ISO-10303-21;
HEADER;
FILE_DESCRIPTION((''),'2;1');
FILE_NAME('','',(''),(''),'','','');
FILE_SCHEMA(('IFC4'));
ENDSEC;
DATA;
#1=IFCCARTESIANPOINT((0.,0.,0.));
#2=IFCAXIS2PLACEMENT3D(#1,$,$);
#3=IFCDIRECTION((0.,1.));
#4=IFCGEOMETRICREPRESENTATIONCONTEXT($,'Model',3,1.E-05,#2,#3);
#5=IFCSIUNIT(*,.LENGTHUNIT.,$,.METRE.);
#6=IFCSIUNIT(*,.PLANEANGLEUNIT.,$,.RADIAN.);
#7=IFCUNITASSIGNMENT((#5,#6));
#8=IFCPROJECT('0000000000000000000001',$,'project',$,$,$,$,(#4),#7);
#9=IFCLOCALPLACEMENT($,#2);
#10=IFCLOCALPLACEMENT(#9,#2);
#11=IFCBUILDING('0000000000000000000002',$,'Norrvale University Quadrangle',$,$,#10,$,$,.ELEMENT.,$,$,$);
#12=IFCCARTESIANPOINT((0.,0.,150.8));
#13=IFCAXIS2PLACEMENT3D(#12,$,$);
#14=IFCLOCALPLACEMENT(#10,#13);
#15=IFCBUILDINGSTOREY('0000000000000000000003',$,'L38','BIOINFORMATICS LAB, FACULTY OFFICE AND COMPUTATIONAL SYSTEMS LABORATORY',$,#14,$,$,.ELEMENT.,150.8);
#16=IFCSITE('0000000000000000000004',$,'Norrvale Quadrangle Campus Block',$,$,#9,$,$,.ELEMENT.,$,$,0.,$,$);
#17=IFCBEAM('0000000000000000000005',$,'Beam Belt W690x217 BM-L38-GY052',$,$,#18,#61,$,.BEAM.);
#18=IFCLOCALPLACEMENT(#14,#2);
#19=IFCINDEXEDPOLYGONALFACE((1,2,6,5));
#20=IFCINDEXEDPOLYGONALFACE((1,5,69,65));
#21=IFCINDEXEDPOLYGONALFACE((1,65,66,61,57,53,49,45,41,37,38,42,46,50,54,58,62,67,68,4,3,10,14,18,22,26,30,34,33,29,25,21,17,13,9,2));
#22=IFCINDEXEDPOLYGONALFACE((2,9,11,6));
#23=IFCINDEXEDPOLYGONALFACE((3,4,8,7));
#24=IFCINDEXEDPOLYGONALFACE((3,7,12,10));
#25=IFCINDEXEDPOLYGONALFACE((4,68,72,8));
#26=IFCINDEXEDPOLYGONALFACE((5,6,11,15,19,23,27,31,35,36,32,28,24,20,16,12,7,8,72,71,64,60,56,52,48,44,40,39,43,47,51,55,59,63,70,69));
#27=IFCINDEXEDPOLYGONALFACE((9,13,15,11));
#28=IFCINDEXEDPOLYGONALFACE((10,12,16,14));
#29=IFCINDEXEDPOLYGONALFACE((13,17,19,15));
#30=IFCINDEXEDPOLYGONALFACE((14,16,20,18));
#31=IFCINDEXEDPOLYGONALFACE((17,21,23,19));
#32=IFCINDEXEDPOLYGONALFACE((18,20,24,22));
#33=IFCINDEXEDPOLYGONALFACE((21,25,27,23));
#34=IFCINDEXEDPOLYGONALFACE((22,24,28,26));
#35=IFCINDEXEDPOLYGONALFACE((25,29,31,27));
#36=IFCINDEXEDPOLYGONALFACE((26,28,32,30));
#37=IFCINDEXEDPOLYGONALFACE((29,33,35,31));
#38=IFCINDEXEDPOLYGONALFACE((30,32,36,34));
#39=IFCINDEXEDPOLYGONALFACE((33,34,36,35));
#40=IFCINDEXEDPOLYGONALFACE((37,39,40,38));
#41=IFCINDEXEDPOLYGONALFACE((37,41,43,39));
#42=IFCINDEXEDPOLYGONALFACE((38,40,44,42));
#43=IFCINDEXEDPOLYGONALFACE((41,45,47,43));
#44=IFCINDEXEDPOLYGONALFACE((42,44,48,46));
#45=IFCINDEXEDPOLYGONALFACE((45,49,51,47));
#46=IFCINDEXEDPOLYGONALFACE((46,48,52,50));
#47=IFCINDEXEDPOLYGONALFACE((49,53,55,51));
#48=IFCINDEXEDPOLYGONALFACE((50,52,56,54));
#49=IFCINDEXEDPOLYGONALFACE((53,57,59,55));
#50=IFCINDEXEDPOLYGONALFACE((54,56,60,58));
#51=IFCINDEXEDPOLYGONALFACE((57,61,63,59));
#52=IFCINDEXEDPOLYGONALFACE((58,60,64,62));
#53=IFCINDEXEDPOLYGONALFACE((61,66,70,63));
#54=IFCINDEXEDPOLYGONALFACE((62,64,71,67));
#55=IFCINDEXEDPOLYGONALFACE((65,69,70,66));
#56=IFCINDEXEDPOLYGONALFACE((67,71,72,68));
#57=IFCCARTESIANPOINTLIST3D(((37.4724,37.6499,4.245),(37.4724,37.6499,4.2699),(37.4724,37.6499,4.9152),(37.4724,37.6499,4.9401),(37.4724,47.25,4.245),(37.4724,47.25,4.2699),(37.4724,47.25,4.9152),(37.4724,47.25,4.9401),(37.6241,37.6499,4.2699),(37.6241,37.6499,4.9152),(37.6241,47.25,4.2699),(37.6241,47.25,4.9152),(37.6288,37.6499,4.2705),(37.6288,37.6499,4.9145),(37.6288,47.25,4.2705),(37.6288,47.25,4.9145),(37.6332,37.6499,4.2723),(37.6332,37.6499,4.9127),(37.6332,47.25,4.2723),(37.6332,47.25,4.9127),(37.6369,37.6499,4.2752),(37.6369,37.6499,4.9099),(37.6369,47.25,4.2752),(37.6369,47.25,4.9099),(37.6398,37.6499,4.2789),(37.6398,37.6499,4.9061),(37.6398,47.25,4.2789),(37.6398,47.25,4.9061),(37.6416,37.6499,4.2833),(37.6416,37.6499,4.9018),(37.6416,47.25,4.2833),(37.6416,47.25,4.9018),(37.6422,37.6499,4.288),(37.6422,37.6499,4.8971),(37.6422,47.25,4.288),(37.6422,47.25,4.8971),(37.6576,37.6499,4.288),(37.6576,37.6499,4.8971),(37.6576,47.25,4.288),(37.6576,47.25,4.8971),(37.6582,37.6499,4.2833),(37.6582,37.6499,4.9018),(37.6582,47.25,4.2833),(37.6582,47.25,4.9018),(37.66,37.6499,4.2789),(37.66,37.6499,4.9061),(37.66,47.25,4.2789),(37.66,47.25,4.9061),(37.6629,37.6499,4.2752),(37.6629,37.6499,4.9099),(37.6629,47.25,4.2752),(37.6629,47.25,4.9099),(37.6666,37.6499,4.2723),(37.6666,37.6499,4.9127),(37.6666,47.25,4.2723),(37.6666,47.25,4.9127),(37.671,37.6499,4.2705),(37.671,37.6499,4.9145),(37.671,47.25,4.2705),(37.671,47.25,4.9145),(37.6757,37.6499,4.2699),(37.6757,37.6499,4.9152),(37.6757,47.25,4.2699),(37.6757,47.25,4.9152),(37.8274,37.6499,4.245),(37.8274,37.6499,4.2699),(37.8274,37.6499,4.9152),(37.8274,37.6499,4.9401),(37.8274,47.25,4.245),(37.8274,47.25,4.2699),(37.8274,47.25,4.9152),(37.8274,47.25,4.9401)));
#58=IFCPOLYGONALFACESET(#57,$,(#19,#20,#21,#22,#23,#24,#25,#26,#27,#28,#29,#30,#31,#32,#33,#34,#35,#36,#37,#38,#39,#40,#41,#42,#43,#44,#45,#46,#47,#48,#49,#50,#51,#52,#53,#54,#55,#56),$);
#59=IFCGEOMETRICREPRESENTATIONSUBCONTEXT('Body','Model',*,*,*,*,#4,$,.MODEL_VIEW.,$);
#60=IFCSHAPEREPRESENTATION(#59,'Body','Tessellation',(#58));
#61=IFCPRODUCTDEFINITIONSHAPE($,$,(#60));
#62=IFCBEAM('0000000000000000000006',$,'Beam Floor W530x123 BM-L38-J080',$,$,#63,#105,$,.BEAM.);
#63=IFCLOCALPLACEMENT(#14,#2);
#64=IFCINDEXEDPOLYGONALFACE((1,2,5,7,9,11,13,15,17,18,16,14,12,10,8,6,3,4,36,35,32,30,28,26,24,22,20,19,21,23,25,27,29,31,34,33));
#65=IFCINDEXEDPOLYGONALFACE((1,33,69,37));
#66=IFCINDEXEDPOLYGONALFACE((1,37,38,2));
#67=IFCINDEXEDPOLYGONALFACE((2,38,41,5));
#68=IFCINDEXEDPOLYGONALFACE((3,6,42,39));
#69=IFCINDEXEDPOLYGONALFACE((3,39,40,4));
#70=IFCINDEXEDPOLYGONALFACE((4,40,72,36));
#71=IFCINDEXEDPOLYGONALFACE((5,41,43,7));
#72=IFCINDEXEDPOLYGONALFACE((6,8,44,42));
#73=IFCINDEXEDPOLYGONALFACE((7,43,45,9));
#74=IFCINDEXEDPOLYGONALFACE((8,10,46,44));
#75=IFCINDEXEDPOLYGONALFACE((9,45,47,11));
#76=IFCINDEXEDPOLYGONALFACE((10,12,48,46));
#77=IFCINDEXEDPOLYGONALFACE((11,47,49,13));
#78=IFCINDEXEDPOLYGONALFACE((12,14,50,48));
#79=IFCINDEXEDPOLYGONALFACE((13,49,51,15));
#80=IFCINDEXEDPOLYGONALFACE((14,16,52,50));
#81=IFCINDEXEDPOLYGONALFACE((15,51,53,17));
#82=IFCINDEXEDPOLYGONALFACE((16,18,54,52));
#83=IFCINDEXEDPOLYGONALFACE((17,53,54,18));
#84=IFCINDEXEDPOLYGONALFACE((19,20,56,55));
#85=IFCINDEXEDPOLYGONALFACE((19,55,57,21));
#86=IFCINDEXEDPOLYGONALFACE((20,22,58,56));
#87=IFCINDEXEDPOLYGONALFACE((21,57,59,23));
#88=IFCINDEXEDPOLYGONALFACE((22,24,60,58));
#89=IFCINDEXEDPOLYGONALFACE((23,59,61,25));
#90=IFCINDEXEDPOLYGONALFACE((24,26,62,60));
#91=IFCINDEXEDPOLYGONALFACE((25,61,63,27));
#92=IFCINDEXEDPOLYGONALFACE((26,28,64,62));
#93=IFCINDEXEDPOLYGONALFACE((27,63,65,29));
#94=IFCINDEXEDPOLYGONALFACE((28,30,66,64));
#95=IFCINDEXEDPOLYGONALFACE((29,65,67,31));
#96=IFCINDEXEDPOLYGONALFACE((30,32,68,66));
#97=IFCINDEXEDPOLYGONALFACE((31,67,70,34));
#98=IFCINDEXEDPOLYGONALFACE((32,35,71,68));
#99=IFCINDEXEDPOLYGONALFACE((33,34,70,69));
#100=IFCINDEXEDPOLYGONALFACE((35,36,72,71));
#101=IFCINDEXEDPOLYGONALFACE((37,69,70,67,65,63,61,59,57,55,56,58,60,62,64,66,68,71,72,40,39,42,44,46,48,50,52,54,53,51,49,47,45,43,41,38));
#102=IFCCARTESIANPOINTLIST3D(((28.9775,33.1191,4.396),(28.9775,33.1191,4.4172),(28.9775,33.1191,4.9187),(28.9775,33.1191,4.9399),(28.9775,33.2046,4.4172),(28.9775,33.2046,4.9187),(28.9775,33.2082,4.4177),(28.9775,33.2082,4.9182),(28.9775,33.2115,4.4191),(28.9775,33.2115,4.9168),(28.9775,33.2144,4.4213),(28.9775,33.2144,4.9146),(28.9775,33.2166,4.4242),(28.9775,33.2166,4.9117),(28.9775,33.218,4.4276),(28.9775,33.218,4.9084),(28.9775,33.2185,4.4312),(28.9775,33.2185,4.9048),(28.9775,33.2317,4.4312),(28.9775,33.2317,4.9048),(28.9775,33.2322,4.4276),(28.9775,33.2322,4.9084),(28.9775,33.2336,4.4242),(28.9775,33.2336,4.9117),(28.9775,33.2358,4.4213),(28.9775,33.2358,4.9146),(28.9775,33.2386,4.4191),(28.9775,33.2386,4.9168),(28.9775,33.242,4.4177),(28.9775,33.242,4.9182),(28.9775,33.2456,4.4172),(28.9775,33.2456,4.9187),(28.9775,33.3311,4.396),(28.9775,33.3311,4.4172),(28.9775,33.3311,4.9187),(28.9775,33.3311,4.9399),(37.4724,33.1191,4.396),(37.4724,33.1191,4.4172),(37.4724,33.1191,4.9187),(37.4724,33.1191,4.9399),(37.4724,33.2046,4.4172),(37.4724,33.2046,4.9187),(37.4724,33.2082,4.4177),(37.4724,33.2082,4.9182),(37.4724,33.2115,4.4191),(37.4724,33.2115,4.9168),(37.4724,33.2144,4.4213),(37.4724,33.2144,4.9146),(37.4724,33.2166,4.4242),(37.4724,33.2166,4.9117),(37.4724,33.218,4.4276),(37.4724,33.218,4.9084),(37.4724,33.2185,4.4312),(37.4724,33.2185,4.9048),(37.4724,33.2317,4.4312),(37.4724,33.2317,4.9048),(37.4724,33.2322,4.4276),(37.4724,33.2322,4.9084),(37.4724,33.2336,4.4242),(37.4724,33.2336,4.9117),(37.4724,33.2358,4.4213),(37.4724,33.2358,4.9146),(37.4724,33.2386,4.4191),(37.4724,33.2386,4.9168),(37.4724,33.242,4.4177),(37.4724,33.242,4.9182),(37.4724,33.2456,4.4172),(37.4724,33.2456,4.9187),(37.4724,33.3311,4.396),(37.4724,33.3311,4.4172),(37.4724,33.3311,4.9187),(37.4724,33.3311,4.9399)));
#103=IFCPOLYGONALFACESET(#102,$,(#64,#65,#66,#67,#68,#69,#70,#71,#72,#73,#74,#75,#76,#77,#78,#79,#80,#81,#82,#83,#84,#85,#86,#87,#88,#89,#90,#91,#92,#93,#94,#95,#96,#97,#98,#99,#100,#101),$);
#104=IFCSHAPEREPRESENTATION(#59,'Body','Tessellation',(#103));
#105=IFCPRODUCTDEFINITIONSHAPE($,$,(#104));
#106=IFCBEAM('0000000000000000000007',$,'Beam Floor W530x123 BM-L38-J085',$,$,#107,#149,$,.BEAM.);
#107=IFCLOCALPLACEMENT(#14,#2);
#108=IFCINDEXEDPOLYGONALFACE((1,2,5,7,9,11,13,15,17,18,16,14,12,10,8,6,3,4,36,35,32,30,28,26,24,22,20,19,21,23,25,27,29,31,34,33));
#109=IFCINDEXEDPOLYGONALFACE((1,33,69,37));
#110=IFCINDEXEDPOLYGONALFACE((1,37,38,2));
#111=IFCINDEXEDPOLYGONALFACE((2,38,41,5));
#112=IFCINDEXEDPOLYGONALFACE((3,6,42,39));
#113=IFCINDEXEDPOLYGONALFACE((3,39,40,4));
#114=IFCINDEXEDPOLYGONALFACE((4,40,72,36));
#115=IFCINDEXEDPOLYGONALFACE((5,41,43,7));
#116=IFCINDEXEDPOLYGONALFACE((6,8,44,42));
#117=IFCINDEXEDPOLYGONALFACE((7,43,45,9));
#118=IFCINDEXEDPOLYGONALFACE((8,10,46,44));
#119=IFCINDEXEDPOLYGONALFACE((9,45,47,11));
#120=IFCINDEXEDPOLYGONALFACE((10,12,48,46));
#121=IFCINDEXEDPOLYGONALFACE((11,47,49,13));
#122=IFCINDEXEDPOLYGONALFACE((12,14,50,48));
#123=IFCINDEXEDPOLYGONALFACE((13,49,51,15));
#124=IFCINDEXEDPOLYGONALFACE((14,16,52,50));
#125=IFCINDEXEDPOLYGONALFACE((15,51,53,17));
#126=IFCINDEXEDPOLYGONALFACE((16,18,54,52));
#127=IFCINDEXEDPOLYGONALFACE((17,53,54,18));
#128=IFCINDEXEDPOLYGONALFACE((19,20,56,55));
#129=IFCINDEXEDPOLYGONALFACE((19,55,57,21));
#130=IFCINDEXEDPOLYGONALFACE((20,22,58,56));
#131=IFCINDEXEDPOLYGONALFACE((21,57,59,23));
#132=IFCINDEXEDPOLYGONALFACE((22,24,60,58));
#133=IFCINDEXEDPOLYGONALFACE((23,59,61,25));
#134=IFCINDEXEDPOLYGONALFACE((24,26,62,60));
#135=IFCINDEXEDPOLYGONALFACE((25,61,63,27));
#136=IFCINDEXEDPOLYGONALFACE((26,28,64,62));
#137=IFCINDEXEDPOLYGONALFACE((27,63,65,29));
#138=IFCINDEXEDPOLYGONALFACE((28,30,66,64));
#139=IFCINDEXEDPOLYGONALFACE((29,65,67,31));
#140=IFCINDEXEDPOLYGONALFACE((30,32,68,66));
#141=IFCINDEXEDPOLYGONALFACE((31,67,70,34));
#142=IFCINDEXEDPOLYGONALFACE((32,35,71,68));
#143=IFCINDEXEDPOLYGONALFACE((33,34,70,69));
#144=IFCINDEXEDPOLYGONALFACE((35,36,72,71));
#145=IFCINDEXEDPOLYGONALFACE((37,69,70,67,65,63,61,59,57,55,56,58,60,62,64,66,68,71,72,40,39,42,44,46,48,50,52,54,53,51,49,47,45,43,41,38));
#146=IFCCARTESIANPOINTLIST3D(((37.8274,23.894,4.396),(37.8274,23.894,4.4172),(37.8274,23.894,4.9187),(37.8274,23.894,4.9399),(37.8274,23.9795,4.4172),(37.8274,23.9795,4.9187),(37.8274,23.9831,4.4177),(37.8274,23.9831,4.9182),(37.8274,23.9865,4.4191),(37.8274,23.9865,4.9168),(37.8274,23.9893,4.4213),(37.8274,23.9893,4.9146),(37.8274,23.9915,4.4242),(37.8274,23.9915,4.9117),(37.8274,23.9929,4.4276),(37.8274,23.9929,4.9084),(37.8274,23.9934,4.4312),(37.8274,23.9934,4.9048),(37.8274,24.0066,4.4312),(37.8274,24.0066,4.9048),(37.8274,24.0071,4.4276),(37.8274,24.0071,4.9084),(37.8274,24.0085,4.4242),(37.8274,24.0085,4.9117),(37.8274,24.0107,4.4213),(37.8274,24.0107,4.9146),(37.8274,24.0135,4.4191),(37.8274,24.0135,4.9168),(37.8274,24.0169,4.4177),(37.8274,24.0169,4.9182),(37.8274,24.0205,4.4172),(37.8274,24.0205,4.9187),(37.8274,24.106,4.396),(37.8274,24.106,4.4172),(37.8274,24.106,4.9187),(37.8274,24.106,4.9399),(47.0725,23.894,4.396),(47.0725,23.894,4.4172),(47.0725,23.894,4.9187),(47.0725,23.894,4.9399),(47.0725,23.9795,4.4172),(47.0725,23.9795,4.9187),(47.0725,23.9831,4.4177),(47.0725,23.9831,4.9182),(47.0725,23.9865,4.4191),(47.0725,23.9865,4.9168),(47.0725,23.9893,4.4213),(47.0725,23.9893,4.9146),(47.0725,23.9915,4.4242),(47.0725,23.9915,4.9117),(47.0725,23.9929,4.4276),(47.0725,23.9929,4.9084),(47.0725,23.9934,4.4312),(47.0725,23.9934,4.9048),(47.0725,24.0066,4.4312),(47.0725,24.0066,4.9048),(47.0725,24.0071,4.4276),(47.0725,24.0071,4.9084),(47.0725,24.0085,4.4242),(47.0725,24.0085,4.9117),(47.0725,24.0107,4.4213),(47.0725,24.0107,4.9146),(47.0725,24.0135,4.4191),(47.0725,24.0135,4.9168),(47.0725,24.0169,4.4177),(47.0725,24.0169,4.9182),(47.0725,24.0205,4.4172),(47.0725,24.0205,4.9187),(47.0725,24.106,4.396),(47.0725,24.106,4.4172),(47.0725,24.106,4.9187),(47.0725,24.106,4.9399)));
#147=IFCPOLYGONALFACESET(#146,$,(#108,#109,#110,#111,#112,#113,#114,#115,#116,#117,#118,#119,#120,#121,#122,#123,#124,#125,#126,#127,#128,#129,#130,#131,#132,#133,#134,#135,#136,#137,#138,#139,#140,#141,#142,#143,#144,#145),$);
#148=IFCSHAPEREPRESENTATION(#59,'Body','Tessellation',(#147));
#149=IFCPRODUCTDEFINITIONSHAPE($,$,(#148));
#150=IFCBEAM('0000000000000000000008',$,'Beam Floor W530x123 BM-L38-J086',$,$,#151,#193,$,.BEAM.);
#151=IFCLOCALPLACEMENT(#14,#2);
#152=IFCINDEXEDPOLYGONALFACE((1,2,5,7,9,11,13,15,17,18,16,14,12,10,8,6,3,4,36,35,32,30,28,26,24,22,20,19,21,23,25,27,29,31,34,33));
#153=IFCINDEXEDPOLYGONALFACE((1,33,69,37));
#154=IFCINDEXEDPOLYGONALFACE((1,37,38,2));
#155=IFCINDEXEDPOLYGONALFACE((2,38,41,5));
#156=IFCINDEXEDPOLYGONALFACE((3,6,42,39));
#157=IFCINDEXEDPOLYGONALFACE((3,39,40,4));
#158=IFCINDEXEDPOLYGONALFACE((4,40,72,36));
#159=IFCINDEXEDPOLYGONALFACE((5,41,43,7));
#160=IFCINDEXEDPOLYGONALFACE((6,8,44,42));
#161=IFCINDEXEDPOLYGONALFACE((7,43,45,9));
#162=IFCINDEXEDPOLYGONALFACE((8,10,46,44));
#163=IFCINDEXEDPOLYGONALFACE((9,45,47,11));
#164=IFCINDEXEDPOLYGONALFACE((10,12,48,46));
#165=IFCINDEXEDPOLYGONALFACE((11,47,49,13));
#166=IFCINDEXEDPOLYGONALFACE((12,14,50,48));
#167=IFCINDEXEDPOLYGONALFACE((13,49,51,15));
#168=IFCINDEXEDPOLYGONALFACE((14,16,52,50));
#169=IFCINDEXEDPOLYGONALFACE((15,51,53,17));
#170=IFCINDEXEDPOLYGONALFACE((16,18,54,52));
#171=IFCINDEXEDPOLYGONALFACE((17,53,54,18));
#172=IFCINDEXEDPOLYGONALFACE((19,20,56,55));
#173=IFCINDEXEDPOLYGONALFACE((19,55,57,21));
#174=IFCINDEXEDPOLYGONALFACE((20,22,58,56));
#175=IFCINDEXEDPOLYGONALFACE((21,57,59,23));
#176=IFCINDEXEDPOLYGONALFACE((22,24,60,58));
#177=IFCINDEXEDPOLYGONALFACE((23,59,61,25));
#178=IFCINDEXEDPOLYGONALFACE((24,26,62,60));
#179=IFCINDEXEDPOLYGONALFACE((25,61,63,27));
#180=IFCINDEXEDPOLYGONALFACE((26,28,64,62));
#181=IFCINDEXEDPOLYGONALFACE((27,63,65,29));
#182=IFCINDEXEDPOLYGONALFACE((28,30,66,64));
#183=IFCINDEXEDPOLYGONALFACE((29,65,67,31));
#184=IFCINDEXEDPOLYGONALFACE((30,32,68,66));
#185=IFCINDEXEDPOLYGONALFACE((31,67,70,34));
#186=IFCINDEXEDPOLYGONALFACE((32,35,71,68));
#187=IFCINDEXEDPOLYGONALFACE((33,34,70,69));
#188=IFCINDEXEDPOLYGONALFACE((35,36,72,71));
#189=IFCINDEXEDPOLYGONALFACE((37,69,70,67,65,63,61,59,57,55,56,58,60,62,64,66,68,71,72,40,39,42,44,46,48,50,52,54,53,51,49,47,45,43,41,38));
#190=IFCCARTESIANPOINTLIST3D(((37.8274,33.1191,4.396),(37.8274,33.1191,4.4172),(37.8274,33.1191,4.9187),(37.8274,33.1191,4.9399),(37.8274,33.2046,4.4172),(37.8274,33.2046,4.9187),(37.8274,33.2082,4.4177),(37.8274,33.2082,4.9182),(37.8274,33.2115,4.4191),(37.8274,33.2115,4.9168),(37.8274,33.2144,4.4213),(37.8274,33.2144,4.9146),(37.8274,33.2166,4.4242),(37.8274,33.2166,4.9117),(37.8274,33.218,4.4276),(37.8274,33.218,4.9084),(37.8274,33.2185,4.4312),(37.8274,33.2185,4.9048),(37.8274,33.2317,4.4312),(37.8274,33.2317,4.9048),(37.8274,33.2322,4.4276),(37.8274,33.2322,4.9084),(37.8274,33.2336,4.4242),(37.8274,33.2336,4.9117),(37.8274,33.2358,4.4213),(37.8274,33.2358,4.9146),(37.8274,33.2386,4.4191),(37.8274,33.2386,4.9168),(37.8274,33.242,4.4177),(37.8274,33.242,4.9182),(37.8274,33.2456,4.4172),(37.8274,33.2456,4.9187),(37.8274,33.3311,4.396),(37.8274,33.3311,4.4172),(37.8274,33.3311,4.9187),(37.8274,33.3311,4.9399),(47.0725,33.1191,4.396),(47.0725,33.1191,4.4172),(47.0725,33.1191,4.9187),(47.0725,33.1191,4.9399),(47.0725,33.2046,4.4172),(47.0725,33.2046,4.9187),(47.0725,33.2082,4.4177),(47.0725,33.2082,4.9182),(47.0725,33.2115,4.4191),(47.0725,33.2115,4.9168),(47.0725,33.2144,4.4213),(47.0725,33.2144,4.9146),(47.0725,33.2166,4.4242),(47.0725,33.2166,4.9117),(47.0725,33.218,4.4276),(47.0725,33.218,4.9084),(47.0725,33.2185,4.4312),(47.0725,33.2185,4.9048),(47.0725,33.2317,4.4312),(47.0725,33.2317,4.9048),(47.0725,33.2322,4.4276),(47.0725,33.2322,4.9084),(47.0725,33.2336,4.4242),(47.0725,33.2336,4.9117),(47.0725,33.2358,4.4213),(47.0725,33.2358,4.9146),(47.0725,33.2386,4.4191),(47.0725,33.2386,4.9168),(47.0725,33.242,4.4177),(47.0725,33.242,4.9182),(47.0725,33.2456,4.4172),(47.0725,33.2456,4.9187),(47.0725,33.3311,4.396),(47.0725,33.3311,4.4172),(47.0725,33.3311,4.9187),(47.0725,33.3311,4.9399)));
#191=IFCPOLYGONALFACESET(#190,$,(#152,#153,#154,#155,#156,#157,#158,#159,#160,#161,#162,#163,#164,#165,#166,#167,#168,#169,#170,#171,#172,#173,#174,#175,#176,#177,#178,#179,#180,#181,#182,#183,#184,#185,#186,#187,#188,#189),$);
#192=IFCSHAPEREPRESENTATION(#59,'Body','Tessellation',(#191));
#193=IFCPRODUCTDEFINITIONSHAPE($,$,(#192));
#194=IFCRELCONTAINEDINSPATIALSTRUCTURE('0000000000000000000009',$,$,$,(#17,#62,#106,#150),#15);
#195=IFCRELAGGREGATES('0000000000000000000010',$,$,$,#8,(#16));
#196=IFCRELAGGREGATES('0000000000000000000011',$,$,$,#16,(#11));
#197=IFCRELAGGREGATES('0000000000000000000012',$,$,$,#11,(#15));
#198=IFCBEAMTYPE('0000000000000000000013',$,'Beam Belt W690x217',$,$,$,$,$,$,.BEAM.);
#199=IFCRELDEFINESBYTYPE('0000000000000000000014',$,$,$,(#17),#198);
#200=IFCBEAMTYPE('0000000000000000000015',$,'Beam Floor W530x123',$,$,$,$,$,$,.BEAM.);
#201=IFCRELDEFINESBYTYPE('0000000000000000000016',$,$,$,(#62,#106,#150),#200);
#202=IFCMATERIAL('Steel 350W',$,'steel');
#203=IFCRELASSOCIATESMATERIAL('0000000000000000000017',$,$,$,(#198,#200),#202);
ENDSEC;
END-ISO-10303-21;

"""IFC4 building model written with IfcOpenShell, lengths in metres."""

from ifc_helpers import new_model, si_unit, direction, frame, origin, origin_2d, place, context, subcontext, project, spatial, i_section, extrude, material, material_profile, profile_set, type_object, element, save


model = new_model("IFC4")

# Units and contexts
model_context = context("Model", 3, precision=1e-05, world=origin(), true_north=direction((0.0, 1.0)))
body_context = subcontext(model_context, "Body", "Model", "MODEL_VIEW")
ifc_project = project(units=[si_unit("LENGTHUNIT", "METRE"), si_unit("PLANEANGLEUNIT", "RADIAN")], contexts=[model_context])

# Site, building, storey
site_placement = place(None, origin())
site = spatial("IfcSite", under=ifc_project, at=site_placement, Name="Norrvale Quadrangle Campus Block", CompositionType="ELEMENT", RefElevation=0.0)
building_placement = place(site_placement, origin())
building = spatial("IfcBuilding", under=site, at=building_placement, Name="Norrvale University Quadrangle", CompositionType="ELEMENT")
storey_placement = place(building_placement, frame((0.0, 0.0, 150.8)))
storey = spatial("IfcBuildingStorey", under=building, at=storey_placement, Name="L38", Description="BIOINFORMATICS LAB, FACULTY OFFICE AND COMPUTATIONAL SYSTEMS LABORATORY", CompositionType="ELEMENT", Elevation=150.8)

# Beams
ifc_material_1 = material(Name="Steel 350W", Category="steel")
ifc_material_profile_1 = material_profile(ifc_material_1, i_section(OverallWidth=0.355, OverallDepth=0.6951, WebThickness=0.0154, FlangeThickness=0.0249, FilletRadius=0.0181, at=origin_2d()), Name="Steel 350W")
ifc_profile_set_1 = profile_set([ifc_material_profile_1], Name="Steel 350W")
beam_type_1 = type_object("IfcBeamType", Name="Beam Belt W690x217", PredefinedType="BEAM", material=ifc_profile_set_1)
beam_1_placement = place(storey_placement, frame((37.6499, 37.6499, 4.5925), z_axis=(0.0, 1.0, 0.0), x_axis=(-1.0, 0.0, 0.0)))
element("IfcBeam", 1, at=beam_1_placement, inside=storey, type_object=beam_type_1, Name="Beam Belt W690x217 BM-L38-GY052", PredefinedType="BEAM", context=body_context, shape_type="SweptSolid", body=[
    extrude(i_section(OverallWidth=0.355, OverallDepth=0.6951, WebThickness=0.0154, FlangeThickness=0.0249, FilletRadius=0.0181, at=origin_2d()), origin(), (0.0, 0.0, 1.0), 9.6001),
])
ifc_material_profile_2 = material_profile(ifc_material_1, i_section(OverallWidth=0.2119, OverallDepth=0.5439, WebThickness=0.0132, FlangeThickness=0.0212, FilletRadius=0.0139, at=origin_2d()), Name="Steel 350W")
ifc_profile_set_2 = profile_set([ifc_material_profile_2], Name="Steel 350W")
beam_type_2 = type_object("IfcBeamType", Name="Beam Floor W530x123", PredefinedType="BEAM", material=ifc_profile_set_2)
beam_2_placement = place(storey_placement, frame((28.9775, 33.2251, 4.668), z_axis=(1.0, 0.0, 0.0), x_axis=(0.0, 1.0, 0.0)))
element("IfcBeam", 2, at=beam_2_placement, inside=storey, type_object=beam_type_2, Name="Beam Floor W530x123 BM-L38-J080", PredefinedType="BEAM", context=body_context, shape_type="SweptSolid", body=[
    extrude(i_section(OverallWidth=0.2119, OverallDepth=0.5439, WebThickness=0.0132, FlangeThickness=0.0212, FilletRadius=0.0139, at=origin_2d()), origin(), (0.0, 0.0, 1.0), 8.4949),
])
for number, where, z_axis, x_axis, name in (
    (3, (37.8274, 24.0, 4.668), (1.0, 0.0, 0.0), (0.0, 1.0, 0.0), "Beam Floor W530x123 BM-L38-J085"),
    (4, (37.8274, 33.2251, 4.668), (1.0, 0.0, 0.0), (0.0, 1.0, 0.0), "Beam Floor W530x123 BM-L38-J086"),
):
    element("IfcBeam", number, at=place(storey_placement, frame(where, z_axis=z_axis, x_axis=x_axis)), inside=storey, type_object=beam_type_2, Name=name, PredefinedType="BEAM", context=body_context, shape_type="SweptSolid", body=[
        extrude(i_section(OverallWidth=0.2119, OverallDepth=0.5439, WebThickness=0.0132, FlangeThickness=0.0212, FilletRadius=0.0139, at=origin_2d()), origin(), (0.0, 0.0, 1.0), 9.2451),
    ])

save(model, "model.ifc")
